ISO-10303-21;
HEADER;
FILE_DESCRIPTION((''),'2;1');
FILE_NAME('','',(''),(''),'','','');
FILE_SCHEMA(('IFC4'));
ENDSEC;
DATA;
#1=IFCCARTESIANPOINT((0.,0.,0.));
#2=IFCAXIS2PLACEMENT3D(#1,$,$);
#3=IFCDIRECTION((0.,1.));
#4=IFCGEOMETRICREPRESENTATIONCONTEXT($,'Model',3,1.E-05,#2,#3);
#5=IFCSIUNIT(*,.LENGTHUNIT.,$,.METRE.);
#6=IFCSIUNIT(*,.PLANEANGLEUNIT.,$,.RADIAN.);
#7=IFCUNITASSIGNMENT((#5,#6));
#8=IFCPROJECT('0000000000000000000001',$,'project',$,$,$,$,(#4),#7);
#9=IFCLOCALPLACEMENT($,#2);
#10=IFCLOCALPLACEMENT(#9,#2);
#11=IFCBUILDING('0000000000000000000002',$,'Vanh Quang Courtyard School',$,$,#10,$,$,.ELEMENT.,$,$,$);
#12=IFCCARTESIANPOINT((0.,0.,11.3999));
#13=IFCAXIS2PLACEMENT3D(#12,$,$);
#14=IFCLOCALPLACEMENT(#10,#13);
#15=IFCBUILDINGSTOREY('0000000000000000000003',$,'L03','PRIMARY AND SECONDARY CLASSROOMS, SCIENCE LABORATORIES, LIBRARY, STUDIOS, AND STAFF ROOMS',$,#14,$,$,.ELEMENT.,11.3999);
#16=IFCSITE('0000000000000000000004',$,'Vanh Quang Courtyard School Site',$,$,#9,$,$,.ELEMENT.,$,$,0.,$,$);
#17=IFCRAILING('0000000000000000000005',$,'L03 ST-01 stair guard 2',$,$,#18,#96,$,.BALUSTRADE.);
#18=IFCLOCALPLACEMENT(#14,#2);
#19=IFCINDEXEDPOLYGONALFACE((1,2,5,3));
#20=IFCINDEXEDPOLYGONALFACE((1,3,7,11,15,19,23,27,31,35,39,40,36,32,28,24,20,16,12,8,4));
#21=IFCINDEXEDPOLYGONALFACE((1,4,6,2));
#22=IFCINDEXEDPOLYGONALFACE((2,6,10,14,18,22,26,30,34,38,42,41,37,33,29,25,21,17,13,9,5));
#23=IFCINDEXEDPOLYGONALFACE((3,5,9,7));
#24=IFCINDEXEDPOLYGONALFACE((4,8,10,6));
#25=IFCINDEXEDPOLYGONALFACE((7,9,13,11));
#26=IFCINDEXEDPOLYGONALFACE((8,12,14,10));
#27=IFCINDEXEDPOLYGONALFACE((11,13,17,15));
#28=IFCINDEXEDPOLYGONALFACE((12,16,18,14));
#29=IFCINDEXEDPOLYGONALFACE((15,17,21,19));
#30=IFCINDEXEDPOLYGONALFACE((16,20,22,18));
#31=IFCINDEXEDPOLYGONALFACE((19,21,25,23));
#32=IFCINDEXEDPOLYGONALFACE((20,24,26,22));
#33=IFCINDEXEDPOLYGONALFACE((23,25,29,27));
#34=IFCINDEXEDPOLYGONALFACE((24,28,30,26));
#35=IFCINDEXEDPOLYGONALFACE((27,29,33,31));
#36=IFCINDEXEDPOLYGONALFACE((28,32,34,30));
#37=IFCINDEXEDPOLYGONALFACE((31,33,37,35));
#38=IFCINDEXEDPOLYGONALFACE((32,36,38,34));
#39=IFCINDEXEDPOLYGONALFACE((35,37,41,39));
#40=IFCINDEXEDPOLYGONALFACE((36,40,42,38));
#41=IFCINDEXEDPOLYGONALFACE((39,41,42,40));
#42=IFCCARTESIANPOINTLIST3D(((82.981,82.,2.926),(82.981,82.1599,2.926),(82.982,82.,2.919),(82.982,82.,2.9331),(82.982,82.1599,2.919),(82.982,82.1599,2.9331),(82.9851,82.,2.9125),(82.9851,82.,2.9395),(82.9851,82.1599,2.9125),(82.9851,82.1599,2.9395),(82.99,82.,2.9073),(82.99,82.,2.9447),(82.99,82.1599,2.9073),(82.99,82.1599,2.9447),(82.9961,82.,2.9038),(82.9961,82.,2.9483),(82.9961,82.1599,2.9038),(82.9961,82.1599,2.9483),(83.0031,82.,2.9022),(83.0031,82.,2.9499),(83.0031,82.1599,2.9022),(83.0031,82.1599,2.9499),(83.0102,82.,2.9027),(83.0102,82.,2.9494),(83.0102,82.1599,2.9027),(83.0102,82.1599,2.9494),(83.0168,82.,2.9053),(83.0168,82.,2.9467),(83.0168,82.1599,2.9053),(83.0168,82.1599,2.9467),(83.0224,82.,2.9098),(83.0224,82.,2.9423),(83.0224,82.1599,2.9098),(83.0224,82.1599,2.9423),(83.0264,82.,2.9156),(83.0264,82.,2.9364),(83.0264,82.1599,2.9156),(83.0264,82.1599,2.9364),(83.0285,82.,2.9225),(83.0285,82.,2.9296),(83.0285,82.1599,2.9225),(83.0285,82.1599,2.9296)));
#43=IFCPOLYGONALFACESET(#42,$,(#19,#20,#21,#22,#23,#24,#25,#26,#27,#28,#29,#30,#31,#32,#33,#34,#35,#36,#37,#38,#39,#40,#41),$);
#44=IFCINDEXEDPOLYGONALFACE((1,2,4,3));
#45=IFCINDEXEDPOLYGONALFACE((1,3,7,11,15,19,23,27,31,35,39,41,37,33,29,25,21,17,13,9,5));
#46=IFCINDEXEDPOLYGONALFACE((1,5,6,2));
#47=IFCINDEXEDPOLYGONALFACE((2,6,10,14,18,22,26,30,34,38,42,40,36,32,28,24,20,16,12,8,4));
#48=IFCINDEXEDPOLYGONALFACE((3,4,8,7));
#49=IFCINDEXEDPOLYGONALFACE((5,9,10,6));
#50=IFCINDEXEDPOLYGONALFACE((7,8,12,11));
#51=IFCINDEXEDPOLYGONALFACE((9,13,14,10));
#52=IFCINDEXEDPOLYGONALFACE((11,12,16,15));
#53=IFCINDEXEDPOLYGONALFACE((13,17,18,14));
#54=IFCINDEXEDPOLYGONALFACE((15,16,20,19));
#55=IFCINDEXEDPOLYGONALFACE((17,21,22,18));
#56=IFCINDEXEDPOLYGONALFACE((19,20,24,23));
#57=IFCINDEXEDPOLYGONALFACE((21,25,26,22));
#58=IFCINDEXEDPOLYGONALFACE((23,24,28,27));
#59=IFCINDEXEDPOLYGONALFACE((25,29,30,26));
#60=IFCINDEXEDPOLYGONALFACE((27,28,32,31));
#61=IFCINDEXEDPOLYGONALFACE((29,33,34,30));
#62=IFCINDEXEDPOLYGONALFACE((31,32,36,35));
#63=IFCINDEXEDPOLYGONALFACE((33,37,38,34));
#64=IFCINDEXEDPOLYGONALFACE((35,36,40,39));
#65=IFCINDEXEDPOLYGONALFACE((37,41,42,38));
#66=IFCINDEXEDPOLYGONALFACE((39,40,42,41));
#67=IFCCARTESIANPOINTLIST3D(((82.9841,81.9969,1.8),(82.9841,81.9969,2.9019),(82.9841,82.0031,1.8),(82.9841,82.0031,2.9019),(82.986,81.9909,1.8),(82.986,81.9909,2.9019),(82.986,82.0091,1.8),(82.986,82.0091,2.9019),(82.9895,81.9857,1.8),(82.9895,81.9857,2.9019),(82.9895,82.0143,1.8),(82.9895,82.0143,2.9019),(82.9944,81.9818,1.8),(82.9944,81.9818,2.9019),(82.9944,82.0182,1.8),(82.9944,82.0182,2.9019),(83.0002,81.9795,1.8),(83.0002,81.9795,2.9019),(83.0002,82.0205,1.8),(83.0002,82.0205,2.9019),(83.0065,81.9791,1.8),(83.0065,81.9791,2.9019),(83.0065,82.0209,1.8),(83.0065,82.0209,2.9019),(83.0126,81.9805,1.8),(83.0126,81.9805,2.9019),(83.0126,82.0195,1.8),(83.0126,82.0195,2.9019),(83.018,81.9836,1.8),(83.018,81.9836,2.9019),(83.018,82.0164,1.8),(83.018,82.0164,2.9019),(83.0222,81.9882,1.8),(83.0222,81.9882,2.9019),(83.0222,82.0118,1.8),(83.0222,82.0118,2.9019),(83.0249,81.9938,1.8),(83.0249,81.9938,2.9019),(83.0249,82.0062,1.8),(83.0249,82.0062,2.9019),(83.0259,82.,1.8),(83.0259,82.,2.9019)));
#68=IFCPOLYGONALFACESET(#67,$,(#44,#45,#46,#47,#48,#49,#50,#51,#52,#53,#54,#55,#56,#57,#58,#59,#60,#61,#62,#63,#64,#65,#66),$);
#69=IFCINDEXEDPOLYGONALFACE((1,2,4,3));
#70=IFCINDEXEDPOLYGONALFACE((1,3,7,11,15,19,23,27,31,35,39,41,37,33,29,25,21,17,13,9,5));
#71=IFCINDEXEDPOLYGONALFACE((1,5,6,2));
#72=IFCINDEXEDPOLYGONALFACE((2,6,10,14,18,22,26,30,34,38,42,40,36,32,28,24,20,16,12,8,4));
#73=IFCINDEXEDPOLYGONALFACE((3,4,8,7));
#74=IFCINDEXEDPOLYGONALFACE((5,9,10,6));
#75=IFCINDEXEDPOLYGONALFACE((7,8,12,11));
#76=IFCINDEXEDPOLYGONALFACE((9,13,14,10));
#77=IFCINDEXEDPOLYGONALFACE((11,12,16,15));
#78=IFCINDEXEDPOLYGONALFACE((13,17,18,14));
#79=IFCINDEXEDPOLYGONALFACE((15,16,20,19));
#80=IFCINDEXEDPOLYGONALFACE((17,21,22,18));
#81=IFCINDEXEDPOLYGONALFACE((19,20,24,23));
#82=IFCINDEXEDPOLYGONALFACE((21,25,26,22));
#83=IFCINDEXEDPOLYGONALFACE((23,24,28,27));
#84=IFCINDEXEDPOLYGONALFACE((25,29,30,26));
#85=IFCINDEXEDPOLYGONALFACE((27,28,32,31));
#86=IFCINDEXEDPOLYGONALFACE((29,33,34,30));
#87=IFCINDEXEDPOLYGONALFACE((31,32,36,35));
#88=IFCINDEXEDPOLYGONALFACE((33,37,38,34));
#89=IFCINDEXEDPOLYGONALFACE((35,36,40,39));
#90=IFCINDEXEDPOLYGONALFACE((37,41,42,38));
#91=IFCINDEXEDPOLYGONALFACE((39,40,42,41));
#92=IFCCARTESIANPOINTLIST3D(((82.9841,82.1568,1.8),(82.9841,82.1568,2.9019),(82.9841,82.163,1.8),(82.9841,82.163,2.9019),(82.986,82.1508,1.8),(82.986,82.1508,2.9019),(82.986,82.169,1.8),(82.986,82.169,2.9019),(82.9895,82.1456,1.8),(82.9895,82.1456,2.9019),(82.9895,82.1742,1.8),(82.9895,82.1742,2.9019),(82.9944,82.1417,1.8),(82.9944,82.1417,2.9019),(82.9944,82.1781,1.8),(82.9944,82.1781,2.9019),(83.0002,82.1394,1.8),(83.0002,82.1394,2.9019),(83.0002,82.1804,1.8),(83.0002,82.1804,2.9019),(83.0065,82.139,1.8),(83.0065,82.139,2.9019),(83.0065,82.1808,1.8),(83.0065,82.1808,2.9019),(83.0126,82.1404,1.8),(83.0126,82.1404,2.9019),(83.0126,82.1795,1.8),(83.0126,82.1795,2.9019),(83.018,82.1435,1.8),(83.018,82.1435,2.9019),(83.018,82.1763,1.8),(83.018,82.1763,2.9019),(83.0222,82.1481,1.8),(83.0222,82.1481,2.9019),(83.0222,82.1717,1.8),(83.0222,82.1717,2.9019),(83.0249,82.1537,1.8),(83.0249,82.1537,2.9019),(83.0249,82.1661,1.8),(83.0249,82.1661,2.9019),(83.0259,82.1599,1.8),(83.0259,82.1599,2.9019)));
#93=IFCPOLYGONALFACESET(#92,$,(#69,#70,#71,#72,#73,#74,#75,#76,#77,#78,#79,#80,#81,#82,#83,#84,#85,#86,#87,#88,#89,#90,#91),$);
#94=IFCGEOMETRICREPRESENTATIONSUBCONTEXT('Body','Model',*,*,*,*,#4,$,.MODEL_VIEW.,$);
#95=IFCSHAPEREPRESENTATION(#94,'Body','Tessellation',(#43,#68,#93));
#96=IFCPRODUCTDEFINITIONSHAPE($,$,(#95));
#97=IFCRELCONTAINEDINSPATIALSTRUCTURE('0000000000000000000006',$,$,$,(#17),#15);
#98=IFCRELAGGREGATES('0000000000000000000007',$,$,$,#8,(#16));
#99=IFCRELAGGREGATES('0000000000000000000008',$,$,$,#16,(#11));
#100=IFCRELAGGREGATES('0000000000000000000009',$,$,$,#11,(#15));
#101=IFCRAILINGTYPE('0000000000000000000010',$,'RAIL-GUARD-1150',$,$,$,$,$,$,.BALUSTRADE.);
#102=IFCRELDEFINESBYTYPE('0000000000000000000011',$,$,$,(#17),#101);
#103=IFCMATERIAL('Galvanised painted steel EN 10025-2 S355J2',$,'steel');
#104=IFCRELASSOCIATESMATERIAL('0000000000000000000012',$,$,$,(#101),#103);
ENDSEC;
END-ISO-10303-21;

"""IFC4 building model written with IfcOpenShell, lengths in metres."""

from ifc_helpers import new_model, si_unit, direction, frame, origin, origin_2d, place, context, subcontext, project, spatial, circle, extrude, material, type_object, element, save


model = new_model("IFC4")

# Units and contexts
model_context = context("Model", 3, precision=1e-05, world=origin(), true_north=direction((0.0, 1.0)))
body_context = subcontext(model_context, "Body", "Model", "MODEL_VIEW")
ifc_project = project(units=[si_unit("LENGTHUNIT", "METRE"), si_unit("PLANEANGLEUNIT", "RADIAN")], contexts=[model_context])

# Site, building, storey
site_placement = place(None, origin())
site = spatial("IfcSite", under=ifc_project, at=site_placement, Name="Vanh Quang Courtyard School Site", CompositionType="ELEMENT", RefElevation=0.0)
building_placement = place(site_placement, origin())
building = spatial("IfcBuilding", under=site, at=building_placement, Name="Vanh Quang Courtyard School", CompositionType="ELEMENT")
storey_placement = place(building_placement, frame((0.0, 0.0, 11.3999)))
storey = spatial("IfcBuildingStorey", under=building, at=storey_placement, Name="L03", Description="PRIMARY AND SECONDARY CLASSROOMS, SCIENCE LABORATORIES, LIBRARY, STUDIOS, AND STAFF ROOMS", CompositionType="ELEMENT", Elevation=11.3999)

# Railing
ifc_material_1 = material(Name="Galvanised painted steel EN 10025-2 S355J2", Category="steel")
railing_type_1 = type_object("IfcRailingType", Name="RAIL-GUARD-1150", PredefinedType="BALUSTRADE", material=ifc_material_1)
railing_1_placement = place(storey_placement, frame((83.0049, 82.0, 1.8)))
element("IfcRailing", 1, at=railing_1_placement, inside=storey, type_object=railing_type_1, Name="L03 ST-01 stair guard 2", PredefinedType="BALUSTRADE", context=body_context, shape_type="SweptSolid", body=[
    extrude(circle(Radius=0.0239, at=origin_2d()), frame((0.0, 0.0, 1.126), z_axis=(0.0, 1.0, 0.0), x_axis=(-1.0, 0.0, 0.0)), (0.0, 0.0, 1.0), 0.1599),
    extrude(circle(Radius=0.021, at=origin_2d()), origin(), (0.0, 0.0, 1.0), 1.1018),
    extrude(circle(Radius=0.021, at=origin_2d()), frame((0.0, 0.1599, 0.0)), (0.0, 0.0, 1.0), 1.1018),
])

save(model, "model.ifc")
